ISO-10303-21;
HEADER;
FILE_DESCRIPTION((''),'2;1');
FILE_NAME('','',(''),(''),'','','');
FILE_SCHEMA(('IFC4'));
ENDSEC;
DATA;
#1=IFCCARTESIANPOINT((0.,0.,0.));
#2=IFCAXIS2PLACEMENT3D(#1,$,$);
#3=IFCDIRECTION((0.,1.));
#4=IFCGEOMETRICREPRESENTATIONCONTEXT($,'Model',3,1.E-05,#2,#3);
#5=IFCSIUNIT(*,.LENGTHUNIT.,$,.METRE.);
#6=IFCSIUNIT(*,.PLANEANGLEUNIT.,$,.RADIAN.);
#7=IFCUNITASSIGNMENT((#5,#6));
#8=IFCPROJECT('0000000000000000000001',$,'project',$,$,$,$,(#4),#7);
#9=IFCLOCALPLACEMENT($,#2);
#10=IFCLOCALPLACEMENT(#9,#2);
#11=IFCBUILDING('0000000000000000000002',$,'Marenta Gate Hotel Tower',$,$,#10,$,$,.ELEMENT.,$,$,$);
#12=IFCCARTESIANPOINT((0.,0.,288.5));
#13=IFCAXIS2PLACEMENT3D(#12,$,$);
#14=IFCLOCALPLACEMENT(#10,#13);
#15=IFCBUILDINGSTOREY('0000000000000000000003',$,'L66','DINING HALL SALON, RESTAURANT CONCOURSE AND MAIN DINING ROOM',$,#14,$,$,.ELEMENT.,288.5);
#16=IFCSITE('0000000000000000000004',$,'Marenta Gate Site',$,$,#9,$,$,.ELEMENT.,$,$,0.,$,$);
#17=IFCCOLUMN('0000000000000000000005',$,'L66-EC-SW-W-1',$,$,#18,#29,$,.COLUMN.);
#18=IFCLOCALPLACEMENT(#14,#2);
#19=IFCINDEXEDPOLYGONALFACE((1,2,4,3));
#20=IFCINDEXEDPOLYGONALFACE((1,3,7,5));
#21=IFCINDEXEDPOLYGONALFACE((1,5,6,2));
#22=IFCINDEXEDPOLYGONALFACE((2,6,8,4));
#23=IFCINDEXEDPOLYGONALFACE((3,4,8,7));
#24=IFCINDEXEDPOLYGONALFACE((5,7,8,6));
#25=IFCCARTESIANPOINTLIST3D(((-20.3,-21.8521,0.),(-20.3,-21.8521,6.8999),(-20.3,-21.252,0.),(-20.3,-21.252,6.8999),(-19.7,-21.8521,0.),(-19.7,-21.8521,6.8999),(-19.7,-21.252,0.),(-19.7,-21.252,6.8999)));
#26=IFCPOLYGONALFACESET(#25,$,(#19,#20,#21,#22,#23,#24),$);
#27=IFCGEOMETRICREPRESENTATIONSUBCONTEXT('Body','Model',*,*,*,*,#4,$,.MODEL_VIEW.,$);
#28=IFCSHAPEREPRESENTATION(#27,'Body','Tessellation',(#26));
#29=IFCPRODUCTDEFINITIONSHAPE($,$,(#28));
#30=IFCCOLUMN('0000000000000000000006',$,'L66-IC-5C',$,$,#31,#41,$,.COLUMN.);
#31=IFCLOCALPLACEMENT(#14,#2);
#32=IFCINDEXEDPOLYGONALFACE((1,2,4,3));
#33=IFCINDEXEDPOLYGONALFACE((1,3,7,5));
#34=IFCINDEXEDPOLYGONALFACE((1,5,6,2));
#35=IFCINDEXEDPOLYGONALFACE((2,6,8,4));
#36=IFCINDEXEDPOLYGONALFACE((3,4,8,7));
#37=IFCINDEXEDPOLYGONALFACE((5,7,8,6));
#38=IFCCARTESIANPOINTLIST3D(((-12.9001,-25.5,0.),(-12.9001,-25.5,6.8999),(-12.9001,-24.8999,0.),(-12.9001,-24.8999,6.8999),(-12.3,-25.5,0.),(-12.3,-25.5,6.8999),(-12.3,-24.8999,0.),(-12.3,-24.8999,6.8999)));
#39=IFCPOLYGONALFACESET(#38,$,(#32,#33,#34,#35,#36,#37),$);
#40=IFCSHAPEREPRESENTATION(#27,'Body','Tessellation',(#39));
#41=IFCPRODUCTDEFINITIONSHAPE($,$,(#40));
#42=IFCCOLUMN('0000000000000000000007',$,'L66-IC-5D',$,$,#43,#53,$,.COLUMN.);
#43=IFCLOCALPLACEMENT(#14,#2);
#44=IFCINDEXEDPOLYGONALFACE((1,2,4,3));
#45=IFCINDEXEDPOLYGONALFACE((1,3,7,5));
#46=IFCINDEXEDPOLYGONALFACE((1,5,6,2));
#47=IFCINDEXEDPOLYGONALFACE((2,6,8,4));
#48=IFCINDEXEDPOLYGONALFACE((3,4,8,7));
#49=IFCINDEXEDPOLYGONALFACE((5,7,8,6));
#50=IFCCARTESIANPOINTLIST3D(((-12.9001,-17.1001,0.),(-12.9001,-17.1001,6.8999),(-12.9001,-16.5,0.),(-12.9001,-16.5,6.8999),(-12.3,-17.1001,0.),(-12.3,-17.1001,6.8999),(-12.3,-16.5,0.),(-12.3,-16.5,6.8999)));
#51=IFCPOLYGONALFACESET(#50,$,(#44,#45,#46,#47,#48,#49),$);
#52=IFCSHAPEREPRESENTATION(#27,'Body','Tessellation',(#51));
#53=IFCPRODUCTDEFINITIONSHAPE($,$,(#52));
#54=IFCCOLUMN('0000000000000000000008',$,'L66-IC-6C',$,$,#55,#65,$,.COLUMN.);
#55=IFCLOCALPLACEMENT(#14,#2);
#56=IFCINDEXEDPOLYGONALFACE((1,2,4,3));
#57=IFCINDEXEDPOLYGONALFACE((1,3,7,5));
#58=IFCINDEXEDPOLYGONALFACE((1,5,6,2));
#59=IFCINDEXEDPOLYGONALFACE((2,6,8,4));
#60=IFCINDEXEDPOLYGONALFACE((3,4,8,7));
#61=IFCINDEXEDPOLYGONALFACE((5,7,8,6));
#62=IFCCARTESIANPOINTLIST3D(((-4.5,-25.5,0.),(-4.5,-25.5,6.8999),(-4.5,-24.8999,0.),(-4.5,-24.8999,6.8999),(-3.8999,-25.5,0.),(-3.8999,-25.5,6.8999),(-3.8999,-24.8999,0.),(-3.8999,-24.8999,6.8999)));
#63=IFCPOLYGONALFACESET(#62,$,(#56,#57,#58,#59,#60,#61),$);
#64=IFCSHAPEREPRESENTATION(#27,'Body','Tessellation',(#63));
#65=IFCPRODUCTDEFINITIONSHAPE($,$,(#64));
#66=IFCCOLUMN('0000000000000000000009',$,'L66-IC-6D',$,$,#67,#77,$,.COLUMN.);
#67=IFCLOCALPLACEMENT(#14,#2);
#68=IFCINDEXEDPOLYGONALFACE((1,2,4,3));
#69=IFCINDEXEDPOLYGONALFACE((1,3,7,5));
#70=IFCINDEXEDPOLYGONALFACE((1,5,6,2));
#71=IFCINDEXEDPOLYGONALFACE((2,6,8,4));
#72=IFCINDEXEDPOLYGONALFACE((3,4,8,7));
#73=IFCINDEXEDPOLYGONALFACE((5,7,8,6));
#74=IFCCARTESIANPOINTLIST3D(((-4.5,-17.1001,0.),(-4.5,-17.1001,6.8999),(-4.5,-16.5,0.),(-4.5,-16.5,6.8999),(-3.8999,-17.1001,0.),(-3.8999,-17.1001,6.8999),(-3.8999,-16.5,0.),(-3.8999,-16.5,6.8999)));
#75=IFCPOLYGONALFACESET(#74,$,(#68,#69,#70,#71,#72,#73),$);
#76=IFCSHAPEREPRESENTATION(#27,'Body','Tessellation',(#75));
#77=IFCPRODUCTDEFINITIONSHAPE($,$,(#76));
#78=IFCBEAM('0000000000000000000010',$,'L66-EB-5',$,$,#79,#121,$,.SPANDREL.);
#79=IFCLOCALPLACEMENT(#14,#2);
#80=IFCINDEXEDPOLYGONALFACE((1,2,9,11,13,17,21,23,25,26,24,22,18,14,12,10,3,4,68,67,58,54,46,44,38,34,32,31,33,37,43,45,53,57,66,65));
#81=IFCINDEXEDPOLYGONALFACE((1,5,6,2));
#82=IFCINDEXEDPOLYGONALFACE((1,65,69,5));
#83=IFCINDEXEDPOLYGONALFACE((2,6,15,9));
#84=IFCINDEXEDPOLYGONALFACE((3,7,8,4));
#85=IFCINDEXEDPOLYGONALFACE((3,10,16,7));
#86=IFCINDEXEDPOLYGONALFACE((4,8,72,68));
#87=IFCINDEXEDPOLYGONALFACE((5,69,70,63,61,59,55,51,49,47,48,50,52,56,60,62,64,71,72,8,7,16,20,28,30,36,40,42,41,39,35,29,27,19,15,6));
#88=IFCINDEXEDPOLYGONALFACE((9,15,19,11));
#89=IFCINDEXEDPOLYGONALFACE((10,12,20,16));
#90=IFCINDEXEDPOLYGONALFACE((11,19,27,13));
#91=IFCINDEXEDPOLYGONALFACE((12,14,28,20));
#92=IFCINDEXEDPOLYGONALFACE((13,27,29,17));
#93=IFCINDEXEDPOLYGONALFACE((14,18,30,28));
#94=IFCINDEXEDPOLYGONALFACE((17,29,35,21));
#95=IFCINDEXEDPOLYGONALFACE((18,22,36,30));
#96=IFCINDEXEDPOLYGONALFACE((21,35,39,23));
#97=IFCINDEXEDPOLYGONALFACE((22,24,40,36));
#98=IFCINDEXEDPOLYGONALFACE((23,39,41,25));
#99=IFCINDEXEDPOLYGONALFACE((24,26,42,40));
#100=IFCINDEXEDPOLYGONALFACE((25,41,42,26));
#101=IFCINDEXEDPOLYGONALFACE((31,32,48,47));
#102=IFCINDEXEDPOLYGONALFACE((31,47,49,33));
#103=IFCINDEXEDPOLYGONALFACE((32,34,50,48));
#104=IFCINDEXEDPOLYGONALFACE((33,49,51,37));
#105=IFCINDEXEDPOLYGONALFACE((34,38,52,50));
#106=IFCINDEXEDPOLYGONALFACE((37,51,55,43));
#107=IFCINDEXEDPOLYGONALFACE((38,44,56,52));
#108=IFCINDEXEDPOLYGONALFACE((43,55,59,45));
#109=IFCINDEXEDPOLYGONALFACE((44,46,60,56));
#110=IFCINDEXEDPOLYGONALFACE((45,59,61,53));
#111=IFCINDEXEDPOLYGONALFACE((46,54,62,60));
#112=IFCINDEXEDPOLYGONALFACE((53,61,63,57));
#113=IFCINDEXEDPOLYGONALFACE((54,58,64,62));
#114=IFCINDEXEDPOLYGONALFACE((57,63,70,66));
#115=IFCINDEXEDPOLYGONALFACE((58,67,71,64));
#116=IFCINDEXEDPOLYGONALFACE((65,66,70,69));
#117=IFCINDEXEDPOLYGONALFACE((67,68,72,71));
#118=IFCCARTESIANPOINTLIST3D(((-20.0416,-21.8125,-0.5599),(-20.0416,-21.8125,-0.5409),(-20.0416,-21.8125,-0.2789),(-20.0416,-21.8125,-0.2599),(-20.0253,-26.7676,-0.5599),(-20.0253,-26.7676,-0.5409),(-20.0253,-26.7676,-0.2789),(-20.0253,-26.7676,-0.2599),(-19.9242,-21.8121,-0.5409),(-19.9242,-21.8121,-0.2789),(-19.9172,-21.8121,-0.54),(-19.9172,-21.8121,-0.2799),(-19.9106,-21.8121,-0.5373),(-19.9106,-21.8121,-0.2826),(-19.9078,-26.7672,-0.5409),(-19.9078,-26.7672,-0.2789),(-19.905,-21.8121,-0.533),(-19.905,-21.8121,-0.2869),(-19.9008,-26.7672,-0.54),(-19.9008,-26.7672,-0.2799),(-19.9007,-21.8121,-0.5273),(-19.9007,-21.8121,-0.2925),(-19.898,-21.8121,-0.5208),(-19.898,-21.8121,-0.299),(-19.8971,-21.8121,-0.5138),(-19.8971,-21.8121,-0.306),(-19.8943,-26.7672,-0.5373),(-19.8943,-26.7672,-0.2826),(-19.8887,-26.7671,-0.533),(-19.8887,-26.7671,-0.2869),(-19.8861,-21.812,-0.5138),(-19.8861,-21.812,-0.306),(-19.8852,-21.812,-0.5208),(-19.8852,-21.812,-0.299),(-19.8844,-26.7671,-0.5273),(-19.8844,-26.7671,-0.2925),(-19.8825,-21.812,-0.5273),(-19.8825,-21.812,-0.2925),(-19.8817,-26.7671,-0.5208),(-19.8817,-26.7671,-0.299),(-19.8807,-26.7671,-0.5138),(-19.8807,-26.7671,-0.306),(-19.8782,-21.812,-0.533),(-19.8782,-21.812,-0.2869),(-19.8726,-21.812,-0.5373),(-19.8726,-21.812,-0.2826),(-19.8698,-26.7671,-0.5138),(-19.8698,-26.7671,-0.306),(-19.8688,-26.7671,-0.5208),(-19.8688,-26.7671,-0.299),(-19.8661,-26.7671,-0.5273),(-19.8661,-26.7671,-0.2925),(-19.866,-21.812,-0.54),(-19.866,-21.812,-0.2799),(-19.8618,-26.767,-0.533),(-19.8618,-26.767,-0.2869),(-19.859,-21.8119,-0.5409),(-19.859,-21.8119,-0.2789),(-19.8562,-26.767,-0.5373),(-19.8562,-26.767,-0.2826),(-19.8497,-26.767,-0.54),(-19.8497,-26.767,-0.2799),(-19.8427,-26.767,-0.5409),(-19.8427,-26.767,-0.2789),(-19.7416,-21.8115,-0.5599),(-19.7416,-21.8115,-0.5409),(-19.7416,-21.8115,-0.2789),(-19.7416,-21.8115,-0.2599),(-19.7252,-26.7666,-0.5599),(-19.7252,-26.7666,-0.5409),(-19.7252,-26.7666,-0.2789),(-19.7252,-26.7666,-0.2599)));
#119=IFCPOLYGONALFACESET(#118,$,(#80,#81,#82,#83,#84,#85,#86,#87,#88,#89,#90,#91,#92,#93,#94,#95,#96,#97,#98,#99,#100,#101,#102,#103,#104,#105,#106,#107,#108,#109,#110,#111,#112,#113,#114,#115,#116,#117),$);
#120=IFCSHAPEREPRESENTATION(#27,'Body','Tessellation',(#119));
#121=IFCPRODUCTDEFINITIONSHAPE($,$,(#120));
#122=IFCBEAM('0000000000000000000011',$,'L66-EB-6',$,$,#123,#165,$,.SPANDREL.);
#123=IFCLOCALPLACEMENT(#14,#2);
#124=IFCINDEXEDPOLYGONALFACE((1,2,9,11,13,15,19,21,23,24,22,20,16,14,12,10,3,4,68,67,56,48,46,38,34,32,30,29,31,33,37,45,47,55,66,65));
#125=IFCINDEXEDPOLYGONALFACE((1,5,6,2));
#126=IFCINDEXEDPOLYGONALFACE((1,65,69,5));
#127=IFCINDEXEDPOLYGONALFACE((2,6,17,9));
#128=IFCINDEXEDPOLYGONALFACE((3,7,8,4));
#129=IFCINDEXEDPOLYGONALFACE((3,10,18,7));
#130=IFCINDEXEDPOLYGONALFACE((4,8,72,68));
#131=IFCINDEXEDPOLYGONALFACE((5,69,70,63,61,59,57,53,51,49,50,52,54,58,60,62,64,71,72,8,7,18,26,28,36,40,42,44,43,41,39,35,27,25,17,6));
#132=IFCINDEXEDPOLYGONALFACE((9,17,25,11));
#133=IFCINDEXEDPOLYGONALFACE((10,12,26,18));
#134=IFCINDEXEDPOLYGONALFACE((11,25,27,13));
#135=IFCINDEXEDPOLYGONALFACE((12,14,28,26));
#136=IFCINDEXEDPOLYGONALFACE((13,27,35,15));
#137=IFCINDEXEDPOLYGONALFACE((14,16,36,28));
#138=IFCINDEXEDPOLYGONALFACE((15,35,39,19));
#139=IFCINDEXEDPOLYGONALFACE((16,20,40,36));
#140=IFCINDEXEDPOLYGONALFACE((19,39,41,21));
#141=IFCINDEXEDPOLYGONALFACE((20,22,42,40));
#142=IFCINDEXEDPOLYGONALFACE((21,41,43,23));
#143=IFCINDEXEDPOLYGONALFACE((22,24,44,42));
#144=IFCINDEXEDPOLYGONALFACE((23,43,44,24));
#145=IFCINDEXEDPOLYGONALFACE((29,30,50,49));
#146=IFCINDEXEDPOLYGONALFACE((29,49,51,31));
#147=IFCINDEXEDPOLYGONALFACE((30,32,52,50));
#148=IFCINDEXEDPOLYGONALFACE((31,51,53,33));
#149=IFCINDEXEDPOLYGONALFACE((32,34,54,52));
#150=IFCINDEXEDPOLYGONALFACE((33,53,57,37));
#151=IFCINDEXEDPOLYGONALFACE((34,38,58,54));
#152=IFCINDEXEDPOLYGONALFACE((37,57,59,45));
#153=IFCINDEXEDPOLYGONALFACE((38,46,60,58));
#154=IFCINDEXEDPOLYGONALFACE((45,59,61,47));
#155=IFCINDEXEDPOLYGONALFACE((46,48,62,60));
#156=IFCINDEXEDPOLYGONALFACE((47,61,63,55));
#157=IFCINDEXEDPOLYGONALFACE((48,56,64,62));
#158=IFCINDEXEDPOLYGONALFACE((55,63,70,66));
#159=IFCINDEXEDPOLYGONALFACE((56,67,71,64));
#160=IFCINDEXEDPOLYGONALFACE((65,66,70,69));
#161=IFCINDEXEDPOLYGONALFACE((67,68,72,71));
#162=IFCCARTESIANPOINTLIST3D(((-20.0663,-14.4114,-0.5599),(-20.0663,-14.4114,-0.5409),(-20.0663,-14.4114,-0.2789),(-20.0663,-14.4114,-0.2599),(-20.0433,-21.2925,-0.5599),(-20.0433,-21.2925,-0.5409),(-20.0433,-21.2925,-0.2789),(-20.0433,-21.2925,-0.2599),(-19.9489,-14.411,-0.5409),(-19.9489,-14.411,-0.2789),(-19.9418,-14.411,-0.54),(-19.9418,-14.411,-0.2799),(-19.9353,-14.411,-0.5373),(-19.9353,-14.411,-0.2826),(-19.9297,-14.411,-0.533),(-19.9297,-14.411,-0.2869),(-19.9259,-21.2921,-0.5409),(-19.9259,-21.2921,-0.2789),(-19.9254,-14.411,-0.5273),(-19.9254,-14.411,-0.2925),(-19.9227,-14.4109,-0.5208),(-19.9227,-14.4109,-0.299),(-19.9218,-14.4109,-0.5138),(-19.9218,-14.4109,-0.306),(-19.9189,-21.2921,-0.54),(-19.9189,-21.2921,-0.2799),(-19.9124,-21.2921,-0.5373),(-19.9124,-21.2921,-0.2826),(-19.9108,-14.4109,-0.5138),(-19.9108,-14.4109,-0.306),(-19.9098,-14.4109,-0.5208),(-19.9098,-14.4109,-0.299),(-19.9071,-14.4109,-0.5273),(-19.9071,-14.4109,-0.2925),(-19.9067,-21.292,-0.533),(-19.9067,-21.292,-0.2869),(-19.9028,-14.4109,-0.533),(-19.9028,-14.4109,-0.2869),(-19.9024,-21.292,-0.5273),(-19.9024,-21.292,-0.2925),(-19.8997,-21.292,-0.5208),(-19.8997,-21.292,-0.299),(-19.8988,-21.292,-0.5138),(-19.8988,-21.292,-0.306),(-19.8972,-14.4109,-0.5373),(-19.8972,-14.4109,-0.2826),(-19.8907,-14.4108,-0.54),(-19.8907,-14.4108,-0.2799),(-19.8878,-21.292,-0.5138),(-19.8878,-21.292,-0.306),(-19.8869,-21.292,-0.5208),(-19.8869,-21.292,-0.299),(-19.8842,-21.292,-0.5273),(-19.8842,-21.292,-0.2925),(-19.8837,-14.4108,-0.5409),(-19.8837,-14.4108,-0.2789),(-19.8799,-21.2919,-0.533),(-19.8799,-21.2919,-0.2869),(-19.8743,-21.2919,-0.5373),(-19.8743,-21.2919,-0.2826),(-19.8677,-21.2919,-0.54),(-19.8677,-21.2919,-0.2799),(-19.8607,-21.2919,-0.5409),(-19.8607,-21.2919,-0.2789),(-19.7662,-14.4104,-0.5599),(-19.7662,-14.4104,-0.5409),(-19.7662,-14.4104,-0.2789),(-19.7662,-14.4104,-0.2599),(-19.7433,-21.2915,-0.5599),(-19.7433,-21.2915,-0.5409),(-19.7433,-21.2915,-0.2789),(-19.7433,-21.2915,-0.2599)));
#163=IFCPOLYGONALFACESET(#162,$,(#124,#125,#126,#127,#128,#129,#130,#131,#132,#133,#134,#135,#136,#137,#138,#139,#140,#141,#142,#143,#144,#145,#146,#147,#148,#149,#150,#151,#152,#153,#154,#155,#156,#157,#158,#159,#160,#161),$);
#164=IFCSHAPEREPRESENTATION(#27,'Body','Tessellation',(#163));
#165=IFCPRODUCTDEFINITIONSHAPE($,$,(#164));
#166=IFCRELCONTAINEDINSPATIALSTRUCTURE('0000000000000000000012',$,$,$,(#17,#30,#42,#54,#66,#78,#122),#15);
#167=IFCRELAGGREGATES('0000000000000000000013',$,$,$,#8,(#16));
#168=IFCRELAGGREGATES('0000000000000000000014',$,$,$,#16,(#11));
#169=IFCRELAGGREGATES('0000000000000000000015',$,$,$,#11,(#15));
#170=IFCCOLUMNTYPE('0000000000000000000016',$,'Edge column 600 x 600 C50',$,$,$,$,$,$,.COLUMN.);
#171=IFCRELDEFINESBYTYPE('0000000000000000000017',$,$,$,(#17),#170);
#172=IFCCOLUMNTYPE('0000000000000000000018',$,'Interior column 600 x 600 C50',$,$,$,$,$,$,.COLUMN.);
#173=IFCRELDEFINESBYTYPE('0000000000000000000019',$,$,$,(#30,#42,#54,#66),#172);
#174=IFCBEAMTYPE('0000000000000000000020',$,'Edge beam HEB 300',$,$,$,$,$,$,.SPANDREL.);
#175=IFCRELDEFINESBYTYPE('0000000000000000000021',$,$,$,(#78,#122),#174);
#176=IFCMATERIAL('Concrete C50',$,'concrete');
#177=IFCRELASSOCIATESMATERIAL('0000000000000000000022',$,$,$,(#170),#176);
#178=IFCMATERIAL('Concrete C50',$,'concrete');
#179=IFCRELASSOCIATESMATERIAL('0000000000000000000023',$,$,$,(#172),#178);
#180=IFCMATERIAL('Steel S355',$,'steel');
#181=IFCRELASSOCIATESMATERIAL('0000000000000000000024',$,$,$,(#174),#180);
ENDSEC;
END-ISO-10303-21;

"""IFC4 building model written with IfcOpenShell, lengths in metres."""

from ifc_helpers import new_model, si_unit, direction, frame, origin, origin_2d, place, context, subcontext, project, spatial, rectangle, i_section, extrude, material, material_profile, profile_set, type_object, element, save


model = new_model("IFC4")

# Units and contexts
model_context = context("Model", 3, precision=1e-05, world=origin(), true_north=direction((0.0, 1.0)))
body_context = subcontext(model_context, "Body", "Model", "MODEL_VIEW")
ifc_project = project(units=[si_unit("LENGTHUNIT", "METRE"), si_unit("PLANEANGLEUNIT", "RADIAN")], contexts=[model_context])

# Site, building, storey
site_placement = place(None, origin())
site = spatial("IfcSite", under=ifc_project, at=site_placement, Name="Marenta Gate Site", CompositionType="ELEMENT", RefElevation=0.0)
building_placement = place(site_placement, origin())
building = spatial("IfcBuilding", under=site, at=building_placement, Name="Marenta Gate Hotel Tower", CompositionType="ELEMENT")
storey_placement = place(building_placement, frame((0.0, 0.0, 288.5)))
storey = spatial("IfcBuildingStorey", under=building, at=storey_placement, Name="L66", Description="DINING HALL SALON, RESTAURANT CONCOURSE AND MAIN DINING ROOM", CompositionType="ELEMENT", Elevation=288.5)

# Columns
ifc_material_1 = material(Name="Concrete C50", Category="concrete")
ifc_material_profile_1 = material_profile(ifc_material_1, rectangle(XDim=0.6001, YDim=0.6001, at=origin_2d()), Name="600 x 600")
ifc_profile_set_1 = profile_set([ifc_material_profile_1], Name="Concrete C50")
column_type_1 = type_object("IfcColumnType", Name="Edge column 600 x 600 C50", PredefinedType="COLUMN", material=ifc_profile_set_1)
column_placement = place(storey_placement, frame((-20.0, -21.552, 0.0), z_axis=(0.0, 0.0, 1.0), x_axis=(1.0, 0.0, 0.0)))
element("IfcColumn", 1, at=column_placement, inside=storey, type_object=column_type_1, Name="L66-EC-SW-W-1", PredefinedType="COLUMN", context=body_context, shape_type="SweptSolid", body=[
    extrude(rectangle(XDim=0.6001, YDim=0.6001, at=origin_2d()), origin(), (0.0, 0.0, 1.0), 6.8999),
])
ifc_material_2 = material(Name="Concrete C50", Category="concrete")
ifc_material_profile_2 = material_profile(ifc_material_2, rectangle(XDim=0.6001, YDim=0.6001, at=origin_2d()), Name="600 x 600")
ifc_profile_set_2 = profile_set([ifc_material_profile_2], Name="Concrete C50")
column_type_2 = type_object("IfcColumnType", Name="Interior column 600 x 600 C50", PredefinedType="COLUMN", material=ifc_profile_set_2)
for number, where, z_axis, x_axis, name in (
    (2, (-12.6001, -25.2, 0.0), (0.0, 0.0, 1.0), (1.0, 0.0, 0.0), "L66-IC-5C"),
    (3, (-12.6001, -16.8, 0.0), (0.0, 0.0, 1.0), (1.0, 0.0, 0.0), "L66-IC-5D"),
    (4, (-4.2, -25.2, 0.0), (0.0, 0.0, 1.0), (1.0, 0.0, 0.0), "L66-IC-6C"),
    (5, (-4.2, -16.8, 0.0), (0.0, 0.0, 1.0), (1.0, 0.0, 0.0), "L66-IC-6D"),
):
    element("IfcColumn", number, at=place(storey_placement, frame(where, z_axis=z_axis, x_axis=x_axis)), inside=storey, type_object=column_type_2, Name=name, PredefinedType="COLUMN", context=body_context, shape_type="SweptSolid", body=[
        extrude(rectangle(XDim=0.6001, YDim=0.6001, at=origin_2d()), origin(), (0.0, 0.0, 1.0), 6.8999),
    ])

# Beams
ifc_material_3 = material(Name="Steel S355", Category="steel")
ifc_material_profile_3 = material_profile(ifc_material_3, i_section(OverallWidth=0.3, OverallDepth=0.3, WebThickness=0.011, FlangeThickness=0.019, FilletRadius=0.0271, at=origin_2d()), Name="HEB 300")
ifc_profile_set_3 = profile_set([ifc_material_profile_3], Name="Steel S355")
beam_type_1 = type_object("IfcBeamType", Name="Edge beam HEB 300", PredefinedType="SPANDREL", material=ifc_profile_set_3)
beam_1_placement = place(storey_placement, frame((-19.8752, -26.7671, -0.4099), z_axis=(-0.003301, 0.999995, 0.0), x_axis=(-0.999995, -0.003301, 0.0)))
element("IfcBeam", 6, at=beam_1_placement, inside=storey, type_object=beam_type_1, Name="L66-EB-5", PredefinedType="SPANDREL", context=body_context, shape_type="SweptSolid", body=[
    extrude(i_section(OverallWidth=0.3, OverallDepth=0.3, WebThickness=0.011, FlangeThickness=0.019, FilletRadius=0.0271, at=origin_2d()), origin(), (0.0, 0.0, 1.0), 4.9551),
])
beam_2_placement = place(storey_placement, frame((-19.8933, -21.292, -0.4099), z_axis=(-0.003335, 0.999994, 0.0), x_axis=(-0.999994, -0.003335, 0.0)))
element("IfcBeam", 7, at=beam_2_placement, inside=storey, type_object=beam_type_1, Name="L66-EB-6", PredefinedType="SPANDREL", context=body_context, shape_type="SweptSolid", body=[
    extrude(i_section(OverallWidth=0.3, OverallDepth=0.3, WebThickness=0.011, FlangeThickness=0.019, FilletRadius=0.0271, at=origin_2d()), origin(), (0.0, 0.0, 1.0), 6.8811),
])

save(model, "model.ifc")
